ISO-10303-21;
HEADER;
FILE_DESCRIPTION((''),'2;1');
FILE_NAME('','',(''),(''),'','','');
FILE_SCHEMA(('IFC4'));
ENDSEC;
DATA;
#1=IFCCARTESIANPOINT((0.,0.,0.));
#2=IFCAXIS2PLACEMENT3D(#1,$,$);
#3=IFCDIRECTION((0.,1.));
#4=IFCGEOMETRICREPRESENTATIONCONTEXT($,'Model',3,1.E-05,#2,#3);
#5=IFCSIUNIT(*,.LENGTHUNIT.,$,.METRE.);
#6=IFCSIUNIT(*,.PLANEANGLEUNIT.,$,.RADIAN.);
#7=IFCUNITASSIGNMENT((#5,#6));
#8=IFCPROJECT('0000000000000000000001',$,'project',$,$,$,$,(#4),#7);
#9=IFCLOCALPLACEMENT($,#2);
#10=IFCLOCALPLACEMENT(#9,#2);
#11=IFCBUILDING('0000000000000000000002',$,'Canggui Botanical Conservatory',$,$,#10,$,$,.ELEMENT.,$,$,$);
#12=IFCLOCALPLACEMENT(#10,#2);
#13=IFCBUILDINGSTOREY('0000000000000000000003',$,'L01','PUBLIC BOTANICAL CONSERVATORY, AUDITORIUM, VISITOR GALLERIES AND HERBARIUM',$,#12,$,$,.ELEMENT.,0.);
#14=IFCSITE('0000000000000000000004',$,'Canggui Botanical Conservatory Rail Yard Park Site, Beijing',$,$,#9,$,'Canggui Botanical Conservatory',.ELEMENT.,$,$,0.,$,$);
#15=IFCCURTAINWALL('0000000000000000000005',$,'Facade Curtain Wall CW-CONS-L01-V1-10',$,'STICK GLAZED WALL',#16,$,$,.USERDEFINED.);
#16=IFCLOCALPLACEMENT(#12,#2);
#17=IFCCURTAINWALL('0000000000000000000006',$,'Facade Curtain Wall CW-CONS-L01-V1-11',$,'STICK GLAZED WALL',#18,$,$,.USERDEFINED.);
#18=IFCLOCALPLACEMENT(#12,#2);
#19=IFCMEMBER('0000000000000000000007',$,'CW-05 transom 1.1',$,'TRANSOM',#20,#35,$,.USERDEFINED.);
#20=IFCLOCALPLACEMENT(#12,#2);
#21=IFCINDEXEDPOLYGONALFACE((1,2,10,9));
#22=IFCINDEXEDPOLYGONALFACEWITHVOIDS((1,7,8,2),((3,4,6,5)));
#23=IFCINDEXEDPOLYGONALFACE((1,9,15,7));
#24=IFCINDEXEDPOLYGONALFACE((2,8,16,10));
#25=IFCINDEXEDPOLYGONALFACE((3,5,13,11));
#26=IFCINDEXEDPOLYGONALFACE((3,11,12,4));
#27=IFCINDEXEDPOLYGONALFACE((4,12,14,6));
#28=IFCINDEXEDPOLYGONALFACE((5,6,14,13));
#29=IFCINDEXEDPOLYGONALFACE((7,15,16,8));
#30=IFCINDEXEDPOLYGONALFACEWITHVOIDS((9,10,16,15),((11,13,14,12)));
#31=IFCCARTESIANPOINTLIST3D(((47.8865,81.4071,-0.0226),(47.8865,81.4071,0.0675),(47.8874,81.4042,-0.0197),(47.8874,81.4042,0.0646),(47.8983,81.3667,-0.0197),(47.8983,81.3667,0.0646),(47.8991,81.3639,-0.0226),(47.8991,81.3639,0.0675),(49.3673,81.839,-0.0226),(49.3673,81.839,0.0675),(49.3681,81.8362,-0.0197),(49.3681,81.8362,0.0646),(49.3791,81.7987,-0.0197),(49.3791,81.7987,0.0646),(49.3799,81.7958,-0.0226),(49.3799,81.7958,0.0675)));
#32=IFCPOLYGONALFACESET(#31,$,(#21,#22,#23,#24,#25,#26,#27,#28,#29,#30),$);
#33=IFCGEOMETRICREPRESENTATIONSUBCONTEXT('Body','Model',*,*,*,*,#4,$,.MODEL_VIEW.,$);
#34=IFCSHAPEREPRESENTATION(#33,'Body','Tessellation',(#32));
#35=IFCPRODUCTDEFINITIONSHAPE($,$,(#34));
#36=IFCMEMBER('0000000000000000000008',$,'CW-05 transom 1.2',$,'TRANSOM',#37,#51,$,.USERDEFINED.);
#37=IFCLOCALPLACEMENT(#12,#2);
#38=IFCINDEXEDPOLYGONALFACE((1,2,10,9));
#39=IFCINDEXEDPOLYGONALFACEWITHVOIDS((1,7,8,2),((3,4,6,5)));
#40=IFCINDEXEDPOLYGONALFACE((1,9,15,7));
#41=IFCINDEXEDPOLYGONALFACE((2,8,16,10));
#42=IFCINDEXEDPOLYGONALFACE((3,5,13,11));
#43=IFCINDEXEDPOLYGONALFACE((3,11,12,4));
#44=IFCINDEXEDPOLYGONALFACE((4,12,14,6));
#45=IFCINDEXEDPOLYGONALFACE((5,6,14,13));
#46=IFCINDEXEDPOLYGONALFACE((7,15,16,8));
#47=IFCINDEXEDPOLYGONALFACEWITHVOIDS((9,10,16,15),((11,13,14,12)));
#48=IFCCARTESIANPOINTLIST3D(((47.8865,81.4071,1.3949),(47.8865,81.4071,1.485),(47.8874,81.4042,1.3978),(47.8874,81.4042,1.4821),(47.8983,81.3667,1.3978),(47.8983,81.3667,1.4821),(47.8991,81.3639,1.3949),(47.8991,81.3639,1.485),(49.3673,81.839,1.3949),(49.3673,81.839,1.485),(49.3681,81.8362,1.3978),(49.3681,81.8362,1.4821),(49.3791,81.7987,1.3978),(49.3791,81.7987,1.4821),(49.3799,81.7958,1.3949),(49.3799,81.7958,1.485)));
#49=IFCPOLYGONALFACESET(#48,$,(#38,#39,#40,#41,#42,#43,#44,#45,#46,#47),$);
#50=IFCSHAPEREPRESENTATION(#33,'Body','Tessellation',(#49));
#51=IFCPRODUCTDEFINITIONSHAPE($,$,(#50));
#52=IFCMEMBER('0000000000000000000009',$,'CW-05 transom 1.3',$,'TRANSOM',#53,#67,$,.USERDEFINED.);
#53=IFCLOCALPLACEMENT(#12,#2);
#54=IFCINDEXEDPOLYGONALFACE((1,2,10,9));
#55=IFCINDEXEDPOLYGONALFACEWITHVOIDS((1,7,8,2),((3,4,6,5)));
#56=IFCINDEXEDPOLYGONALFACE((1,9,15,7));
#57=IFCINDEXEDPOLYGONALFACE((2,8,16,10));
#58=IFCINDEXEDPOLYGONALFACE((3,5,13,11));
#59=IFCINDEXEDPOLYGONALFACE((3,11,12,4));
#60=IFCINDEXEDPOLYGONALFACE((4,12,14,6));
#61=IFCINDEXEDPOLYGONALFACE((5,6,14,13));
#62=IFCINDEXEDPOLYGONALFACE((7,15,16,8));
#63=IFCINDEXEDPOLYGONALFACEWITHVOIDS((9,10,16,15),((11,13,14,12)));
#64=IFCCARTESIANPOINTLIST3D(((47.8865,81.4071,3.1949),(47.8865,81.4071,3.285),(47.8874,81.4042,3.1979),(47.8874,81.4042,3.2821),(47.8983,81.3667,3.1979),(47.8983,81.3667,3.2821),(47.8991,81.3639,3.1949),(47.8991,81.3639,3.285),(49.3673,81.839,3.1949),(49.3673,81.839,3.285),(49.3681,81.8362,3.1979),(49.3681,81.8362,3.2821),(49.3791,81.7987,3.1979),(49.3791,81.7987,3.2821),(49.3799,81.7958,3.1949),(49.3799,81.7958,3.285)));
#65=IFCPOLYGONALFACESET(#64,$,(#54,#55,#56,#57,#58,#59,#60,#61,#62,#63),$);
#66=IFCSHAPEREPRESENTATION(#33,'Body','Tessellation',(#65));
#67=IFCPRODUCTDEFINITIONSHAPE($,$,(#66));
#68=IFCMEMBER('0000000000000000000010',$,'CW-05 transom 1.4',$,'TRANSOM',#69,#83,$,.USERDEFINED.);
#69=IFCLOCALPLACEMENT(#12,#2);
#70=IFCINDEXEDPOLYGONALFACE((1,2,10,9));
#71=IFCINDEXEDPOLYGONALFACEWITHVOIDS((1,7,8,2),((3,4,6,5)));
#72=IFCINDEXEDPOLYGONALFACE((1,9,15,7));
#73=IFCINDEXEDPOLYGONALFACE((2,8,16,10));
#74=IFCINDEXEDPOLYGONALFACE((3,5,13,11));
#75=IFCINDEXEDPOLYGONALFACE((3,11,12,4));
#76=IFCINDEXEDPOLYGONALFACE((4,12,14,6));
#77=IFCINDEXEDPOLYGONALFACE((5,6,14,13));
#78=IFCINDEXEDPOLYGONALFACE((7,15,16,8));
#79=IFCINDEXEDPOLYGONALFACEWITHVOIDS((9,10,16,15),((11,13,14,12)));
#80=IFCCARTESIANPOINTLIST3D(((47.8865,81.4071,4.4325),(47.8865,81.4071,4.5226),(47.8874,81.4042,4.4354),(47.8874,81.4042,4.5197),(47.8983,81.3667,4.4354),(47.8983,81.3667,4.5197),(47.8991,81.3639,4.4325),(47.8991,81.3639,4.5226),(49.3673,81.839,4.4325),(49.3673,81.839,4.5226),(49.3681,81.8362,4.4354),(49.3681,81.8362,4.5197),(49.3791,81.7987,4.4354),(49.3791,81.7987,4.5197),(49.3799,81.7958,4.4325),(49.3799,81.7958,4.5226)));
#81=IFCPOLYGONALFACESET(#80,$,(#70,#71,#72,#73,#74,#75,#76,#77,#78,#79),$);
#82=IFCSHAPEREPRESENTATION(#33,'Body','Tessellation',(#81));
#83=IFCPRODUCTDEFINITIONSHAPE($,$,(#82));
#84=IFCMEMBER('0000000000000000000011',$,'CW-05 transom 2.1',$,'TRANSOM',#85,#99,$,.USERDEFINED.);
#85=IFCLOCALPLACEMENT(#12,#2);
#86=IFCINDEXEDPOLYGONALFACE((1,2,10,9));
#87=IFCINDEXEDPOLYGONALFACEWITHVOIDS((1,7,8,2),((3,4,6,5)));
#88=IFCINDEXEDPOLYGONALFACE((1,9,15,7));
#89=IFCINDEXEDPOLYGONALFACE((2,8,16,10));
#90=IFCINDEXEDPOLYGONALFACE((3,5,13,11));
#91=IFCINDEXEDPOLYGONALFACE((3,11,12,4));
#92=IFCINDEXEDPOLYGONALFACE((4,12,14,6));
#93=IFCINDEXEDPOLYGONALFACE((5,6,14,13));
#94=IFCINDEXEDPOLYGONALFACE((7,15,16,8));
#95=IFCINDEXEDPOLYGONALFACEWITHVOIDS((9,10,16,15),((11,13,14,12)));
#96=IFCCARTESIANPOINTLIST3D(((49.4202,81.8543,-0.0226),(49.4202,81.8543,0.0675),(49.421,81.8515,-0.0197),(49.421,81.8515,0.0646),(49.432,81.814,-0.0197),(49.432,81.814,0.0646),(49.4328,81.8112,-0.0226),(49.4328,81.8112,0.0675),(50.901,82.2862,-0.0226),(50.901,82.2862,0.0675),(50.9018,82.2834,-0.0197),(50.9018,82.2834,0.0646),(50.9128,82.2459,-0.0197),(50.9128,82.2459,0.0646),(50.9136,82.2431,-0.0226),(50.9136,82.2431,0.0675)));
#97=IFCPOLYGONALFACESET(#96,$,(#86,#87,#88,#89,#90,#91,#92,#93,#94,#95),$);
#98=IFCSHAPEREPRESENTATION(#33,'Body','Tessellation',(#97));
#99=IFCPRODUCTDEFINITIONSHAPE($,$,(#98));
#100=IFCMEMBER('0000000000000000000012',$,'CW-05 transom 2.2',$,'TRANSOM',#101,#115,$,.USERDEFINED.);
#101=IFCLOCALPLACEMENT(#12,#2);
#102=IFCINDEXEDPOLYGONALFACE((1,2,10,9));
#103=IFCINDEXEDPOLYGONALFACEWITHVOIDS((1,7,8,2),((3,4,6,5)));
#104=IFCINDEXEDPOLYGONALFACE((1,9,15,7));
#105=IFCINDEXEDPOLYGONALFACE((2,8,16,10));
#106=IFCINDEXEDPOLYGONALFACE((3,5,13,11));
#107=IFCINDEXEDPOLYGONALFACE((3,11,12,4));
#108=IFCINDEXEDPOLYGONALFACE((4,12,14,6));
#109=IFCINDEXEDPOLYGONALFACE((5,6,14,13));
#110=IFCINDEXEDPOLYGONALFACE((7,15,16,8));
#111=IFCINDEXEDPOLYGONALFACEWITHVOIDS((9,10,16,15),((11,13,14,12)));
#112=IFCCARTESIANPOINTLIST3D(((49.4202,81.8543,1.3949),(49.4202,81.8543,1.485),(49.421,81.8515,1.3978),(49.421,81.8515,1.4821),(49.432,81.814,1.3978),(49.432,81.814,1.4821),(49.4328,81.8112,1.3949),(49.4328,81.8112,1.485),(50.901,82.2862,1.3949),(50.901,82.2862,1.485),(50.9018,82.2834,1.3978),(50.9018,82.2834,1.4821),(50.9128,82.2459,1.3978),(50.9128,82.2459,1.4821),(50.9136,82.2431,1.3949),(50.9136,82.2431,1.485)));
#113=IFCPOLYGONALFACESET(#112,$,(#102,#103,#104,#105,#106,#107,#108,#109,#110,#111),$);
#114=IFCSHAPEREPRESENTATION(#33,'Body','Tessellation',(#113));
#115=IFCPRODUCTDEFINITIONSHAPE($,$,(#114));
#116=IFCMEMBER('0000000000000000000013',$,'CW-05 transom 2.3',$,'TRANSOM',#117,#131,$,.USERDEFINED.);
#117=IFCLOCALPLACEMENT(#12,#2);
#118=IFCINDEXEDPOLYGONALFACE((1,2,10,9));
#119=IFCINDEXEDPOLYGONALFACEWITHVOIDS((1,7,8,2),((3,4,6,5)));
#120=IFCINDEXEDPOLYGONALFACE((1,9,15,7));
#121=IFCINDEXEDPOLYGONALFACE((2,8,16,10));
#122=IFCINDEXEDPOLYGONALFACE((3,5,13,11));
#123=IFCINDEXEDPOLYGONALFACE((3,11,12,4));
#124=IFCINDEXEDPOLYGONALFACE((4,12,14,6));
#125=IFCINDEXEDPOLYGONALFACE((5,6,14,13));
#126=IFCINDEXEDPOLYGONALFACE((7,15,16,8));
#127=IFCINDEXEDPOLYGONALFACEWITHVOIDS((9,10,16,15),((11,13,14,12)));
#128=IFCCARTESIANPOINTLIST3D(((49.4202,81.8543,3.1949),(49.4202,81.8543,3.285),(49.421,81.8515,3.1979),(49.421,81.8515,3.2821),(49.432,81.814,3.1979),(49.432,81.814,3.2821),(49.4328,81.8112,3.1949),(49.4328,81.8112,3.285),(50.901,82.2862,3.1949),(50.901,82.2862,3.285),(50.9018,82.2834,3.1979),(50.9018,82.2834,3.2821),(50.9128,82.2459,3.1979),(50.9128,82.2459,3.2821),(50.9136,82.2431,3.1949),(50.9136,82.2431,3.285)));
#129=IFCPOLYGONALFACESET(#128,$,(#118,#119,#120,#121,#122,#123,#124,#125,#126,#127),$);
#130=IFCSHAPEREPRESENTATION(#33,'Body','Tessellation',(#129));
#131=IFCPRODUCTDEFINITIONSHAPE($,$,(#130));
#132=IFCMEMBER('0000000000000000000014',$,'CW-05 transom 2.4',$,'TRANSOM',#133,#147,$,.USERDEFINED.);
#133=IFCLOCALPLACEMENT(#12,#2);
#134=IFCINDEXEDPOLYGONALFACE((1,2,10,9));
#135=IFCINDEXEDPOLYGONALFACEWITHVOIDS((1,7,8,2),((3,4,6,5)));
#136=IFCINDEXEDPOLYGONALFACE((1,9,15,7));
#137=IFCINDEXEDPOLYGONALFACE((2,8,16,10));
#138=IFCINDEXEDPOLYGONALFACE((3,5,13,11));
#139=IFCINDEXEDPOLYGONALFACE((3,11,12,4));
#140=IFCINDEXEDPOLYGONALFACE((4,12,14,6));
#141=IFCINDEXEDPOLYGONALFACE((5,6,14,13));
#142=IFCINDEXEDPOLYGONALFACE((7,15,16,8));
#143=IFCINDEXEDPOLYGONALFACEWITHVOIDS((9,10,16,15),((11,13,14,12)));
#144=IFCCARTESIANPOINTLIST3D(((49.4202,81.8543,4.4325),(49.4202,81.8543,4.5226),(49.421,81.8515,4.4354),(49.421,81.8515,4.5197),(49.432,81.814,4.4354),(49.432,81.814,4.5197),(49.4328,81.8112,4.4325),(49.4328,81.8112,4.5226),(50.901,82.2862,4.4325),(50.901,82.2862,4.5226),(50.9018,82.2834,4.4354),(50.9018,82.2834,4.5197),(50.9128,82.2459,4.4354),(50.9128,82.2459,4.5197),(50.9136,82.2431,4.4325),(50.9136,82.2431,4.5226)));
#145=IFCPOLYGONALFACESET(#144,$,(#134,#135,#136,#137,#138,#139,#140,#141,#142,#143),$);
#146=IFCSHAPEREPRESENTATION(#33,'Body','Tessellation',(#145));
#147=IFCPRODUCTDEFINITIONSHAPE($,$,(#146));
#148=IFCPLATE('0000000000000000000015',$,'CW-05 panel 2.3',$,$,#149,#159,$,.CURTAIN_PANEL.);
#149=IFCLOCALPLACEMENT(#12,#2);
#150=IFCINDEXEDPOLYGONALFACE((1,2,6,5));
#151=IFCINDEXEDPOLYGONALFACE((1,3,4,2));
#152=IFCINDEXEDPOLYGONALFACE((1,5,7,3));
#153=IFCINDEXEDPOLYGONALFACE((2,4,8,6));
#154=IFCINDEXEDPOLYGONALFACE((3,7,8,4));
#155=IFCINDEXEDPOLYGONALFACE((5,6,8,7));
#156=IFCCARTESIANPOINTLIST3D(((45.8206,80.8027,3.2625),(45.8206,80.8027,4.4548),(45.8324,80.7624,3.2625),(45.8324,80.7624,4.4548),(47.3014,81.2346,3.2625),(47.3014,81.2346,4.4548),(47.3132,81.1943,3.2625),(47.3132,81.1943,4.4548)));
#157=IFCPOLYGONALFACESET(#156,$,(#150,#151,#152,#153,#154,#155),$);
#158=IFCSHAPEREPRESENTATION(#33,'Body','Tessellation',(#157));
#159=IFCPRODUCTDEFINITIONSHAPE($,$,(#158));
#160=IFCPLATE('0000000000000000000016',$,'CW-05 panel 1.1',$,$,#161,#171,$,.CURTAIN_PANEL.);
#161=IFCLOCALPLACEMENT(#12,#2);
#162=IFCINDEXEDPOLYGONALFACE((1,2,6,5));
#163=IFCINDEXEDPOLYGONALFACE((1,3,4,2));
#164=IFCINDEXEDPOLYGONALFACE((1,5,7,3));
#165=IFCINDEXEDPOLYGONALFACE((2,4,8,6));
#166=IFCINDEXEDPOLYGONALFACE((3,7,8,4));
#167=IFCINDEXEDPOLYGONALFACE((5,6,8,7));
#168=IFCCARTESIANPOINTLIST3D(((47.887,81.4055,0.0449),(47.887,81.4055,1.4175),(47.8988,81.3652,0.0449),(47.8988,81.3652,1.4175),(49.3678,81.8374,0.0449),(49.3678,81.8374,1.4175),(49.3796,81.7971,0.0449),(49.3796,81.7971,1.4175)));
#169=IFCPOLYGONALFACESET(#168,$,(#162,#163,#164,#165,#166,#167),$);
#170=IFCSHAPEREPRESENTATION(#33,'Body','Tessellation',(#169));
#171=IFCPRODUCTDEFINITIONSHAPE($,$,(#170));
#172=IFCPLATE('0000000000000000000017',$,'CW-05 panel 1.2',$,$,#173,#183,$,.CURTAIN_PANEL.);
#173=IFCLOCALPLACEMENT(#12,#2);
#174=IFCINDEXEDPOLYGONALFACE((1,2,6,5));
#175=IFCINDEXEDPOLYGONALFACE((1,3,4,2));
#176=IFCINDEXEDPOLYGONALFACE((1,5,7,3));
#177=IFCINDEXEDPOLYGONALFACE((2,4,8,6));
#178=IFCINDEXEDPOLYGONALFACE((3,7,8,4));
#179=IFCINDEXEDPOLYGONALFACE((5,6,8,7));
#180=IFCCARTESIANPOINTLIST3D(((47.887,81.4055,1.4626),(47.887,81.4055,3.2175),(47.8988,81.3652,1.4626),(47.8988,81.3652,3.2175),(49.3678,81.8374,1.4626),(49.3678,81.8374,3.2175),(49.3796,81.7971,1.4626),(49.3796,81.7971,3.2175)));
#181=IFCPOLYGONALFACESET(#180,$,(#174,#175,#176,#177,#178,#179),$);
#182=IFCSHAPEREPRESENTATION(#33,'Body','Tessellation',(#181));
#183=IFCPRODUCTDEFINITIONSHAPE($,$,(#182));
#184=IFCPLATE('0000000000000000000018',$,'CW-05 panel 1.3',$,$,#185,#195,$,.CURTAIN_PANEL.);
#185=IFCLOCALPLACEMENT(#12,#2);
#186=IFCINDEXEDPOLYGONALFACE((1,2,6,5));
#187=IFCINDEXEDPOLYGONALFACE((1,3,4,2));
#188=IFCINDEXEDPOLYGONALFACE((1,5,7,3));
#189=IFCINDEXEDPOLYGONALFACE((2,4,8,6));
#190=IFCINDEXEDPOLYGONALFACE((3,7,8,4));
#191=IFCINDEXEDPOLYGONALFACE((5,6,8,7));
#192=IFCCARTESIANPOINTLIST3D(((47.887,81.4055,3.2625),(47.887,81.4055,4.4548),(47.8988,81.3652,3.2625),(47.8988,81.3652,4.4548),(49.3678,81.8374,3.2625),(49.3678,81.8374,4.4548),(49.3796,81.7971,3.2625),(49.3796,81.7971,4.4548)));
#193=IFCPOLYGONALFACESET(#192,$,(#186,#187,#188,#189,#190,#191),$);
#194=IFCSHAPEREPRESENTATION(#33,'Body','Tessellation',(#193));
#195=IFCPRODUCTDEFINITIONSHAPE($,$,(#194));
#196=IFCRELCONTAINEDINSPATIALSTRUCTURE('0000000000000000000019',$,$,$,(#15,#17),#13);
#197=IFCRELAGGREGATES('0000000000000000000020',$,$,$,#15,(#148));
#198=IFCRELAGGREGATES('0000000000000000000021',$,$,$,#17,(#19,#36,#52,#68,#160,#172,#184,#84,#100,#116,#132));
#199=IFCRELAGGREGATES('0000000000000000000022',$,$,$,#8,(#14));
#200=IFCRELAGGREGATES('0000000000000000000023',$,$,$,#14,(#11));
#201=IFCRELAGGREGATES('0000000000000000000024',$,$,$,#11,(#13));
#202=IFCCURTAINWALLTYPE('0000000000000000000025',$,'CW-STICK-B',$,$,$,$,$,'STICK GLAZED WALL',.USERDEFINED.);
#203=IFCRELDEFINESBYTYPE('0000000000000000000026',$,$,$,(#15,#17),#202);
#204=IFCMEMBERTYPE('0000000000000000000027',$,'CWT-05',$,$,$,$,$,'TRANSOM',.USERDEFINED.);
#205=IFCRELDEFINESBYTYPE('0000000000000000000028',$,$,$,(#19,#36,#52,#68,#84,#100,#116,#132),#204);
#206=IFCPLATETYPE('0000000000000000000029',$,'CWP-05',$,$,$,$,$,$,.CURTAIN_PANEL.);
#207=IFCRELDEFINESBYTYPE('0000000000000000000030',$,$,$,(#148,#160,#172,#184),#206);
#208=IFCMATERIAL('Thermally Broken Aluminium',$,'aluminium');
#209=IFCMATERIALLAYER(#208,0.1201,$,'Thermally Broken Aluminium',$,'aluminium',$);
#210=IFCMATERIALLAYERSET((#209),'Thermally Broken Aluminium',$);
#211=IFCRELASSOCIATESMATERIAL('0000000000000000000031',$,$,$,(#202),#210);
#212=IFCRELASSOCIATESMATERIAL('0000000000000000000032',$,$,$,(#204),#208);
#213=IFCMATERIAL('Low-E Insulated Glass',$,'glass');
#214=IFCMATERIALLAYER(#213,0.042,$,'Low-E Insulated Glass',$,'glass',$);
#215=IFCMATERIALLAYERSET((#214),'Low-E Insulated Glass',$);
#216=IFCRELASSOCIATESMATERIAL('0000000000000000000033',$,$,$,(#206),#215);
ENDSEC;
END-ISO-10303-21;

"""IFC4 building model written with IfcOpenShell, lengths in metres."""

from ifc_helpers import new_model, si_unit, direction, frame, origin, origin_2d, place, context, subcontext, project, spatial, rectangle, hollow_rectangle, extrude, material, layer, layer_set, material_profile, profile_set, type_object, element, aggregate, save


model = new_model("IFC4")

# Units and contexts
model_context = context("Model", 3, precision=1e-05, world=origin(), true_north=direction((0.0, 1.0)))
body_context = subcontext(model_context, "Body", "Model", "MODEL_VIEW")
ifc_project = project(units=[si_unit("LENGTHUNIT", "METRE"), si_unit("PLANEANGLEUNIT", "RADIAN")], contexts=[model_context])

# Site, building, storey
site_placement = place(None, origin())
site = spatial("IfcSite", under=ifc_project, at=site_placement, Name="Canggui Botanical Conservatory Rail Yard Park Site, Beijing", LongName="Canggui Botanical Conservatory", CompositionType="ELEMENT", RefElevation=0.0)
building_placement = place(site_placement, origin())
building = spatial("IfcBuilding", under=site, at=building_placement, Name="Canggui Botanical Conservatory", CompositionType="ELEMENT")
storey_placement = place(building_placement, origin())
storey = spatial("IfcBuildingStorey", under=building, at=storey_placement, Name="L01", Description="PUBLIC BOTANICAL CONSERVATORY, AUDITORIUM, VISITOR GALLERIES AND HERBARIUM", CompositionType="ELEMENT", Elevation=0.0)

# Curtain wall
ifc_material_1 = material(Name="Thermally Broken Aluminium", Category="aluminium")
ifc_layer_1 = layer(ifc_material_1, 0.1201, Name="Thermally Broken Aluminium", Category="aluminium")
ifc_layer_set_1 = layer_set([ifc_layer_1], Name="Thermally Broken Aluminium")
curtain_wall_type = type_object("IfcCurtainWallType", Name="CW-STICK-B", ElementType="STICK GLAZED WALL", PredefinedType="USERDEFINED", material=ifc_layer_set_1)
curtain_wall_1_placement = place(storey_placement, origin())
curtain_wall_1 = element("IfcCurtainWall", 1, at=curtain_wall_1_placement, inside=storey, type_object=curtain_wall_type, Name="Facade Curtain Wall CW-CONS-L01-V1-10", ObjectType="STICK GLAZED WALL", PredefinedType="USERDEFINED")

# Curtain wall, members
curtain_wall_2_placement = place(storey_placement, origin())
curtain_wall_2 = element("IfcCurtainWall", 2, at=curtain_wall_2_placement, inside=storey, type_object=curtain_wall_type, Name="Facade Curtain Wall CW-CONS-L01-V1-11", ObjectType="STICK GLAZED WALL", PredefinedType="USERDEFINED")
ifc_material_profile_1 = material_profile(ifc_material_1, hollow_rectangle(XDim=0.0449, YDim=0.0901, WallThickness=0.0029, at=origin_2d()), Name="CWT 45x90x3")
ifc_profile_set_1 = profile_set([ifc_material_profile_1], Name="Thermally Broken Aluminium")
member_type_1 = type_object("IfcMemberType", Name="CWT-05", ElementType="TRANSOM", PredefinedType="USERDEFINED", material=ifc_profile_set_1)
member_1_placement = place(storey_placement, frame((47.8928, 81.3855, 0.0225), z_axis=(0.959998, 0.280006, 0.0), x_axis=(-0.280006, 0.959998, 0.0)))
member_1 = element("IfcMember", 3, at=member_1_placement, type_object=member_type_1, Name="CW-05 transom 1.1", ObjectType="TRANSOM", PredefinedType="USERDEFINED", context=body_context, shape_type="SweptSolid", body=[
    extrude(hollow_rectangle(XDim=0.0449, YDim=0.0901, WallThickness=0.0029, at=origin_2d()), origin(), (0.0, 0.0, 1.0), 1.5425),
])
member_2_placement = place(storey_placement, frame((47.8928, 81.3855, 1.4399), z_axis=(0.959998, 0.280006, 0.0), x_axis=(-0.280006, 0.959998, 0.0)))
member_2 = element("IfcMember", 4, at=member_2_placement, type_object=member_type_1, Name="CW-05 transom 1.2", ObjectType="TRANSOM", PredefinedType="USERDEFINED", context=body_context, shape_type="SweptSolid", body=[
    extrude(hollow_rectangle(XDim=0.0449, YDim=0.0901, WallThickness=0.0029, at=origin_2d()), origin(), (0.0, 0.0, 1.0), 1.5425),
])
member_3_placement = place(storey_placement, frame((47.8928, 81.3855, 3.24), z_axis=(0.959998, 0.280006, 0.0), x_axis=(-0.280006, 0.959998, 0.0)))
member_3 = element("IfcMember", 5, at=member_3_placement, type_object=member_type_1, Name="CW-05 transom 1.3", ObjectType="TRANSOM", PredefinedType="USERDEFINED", context=body_context, shape_type="SweptSolid", body=[
    extrude(hollow_rectangle(XDim=0.0449, YDim=0.0901, WallThickness=0.0029, at=origin_2d()), origin(), (0.0, 0.0, 1.0), 1.5425),
])
member_4_placement = place(storey_placement, frame((47.8928, 81.3855, 4.4775), z_axis=(0.959998, 0.280006, 0.0), x_axis=(-0.280006, 0.959998, 0.0)))
member_4 = element("IfcMember", 6, at=member_4_placement, type_object=member_type_1, Name="CW-05 transom 1.4", ObjectType="TRANSOM", PredefinedType="USERDEFINED", context=body_context, shape_type="SweptSolid", body=[
    extrude(hollow_rectangle(XDim=0.0449, YDim=0.0901, WallThickness=0.0029, at=origin_2d()), origin(), (0.0, 0.0, 1.0), 1.5425),
])
member_5_placement = place(storey_placement, frame((49.4265, 81.8328, 0.0225), z_axis=(0.959998, 0.280006, 0.0), x_axis=(-0.280006, 0.959998, 0.0)))
member_5 = element("IfcMember", 7, at=member_5_placement, type_object=member_type_1, Name="CW-05 transom 2.1", ObjectType="TRANSOM", PredefinedType="USERDEFINED", context=body_context, shape_type="SweptSolid", body=[
    extrude(hollow_rectangle(XDim=0.0449, YDim=0.0901, WallThickness=0.0029, at=origin_2d()), origin(), (0.0, 0.0, 1.0), 1.5425),
])
member_6_placement = place(storey_placement, frame((49.4265, 81.8328, 1.4399), z_axis=(0.959998, 0.280006, 0.0), x_axis=(-0.280006, 0.959998, 0.0)))
member_6 = element("IfcMember", 8, at=member_6_placement, type_object=member_type_1, Name="CW-05 transom 2.2", ObjectType="TRANSOM", PredefinedType="USERDEFINED", context=body_context, shape_type="SweptSolid", body=[
    extrude(hollow_rectangle(XDim=0.0449, YDim=0.0901, WallThickness=0.0029, at=origin_2d()), origin(), (0.0, 0.0, 1.0), 1.5425),
])
member_7_placement = place(storey_placement, frame((49.4265, 81.8328, 3.24), z_axis=(0.959998, 0.280006, 0.0), x_axis=(-0.280006, 0.959998, 0.0)))
member_7 = element("IfcMember", 9, at=member_7_placement, type_object=member_type_1, Name="CW-05 transom 2.3", ObjectType="TRANSOM", PredefinedType="USERDEFINED", context=body_context, shape_type="SweptSolid", body=[
    extrude(hollow_rectangle(XDim=0.0449, YDim=0.0901, WallThickness=0.0029, at=origin_2d()), origin(), (0.0, 0.0, 1.0), 1.5425),
])
member_8_placement = place(storey_placement, frame((49.4265, 81.8328, 4.4775), z_axis=(0.959998, 0.280006, 0.0), x_axis=(-0.280006, 0.959998, 0.0)))
member_8 = element("IfcMember", 10, at=member_8_placement, type_object=member_type_1, Name="CW-05 transom 2.4", ObjectType="TRANSOM", PredefinedType="USERDEFINED", context=body_context, shape_type="SweptSolid", body=[
    extrude(hollow_rectangle(XDim=0.0449, YDim=0.0901, WallThickness=0.0029, at=origin_2d()), origin(), (0.0, 0.0, 1.0), 1.5425),
])

# Plates
ifc_material_2 = material(Name="Low-E Insulated Glass", Category="glass")
ifc_layer_2 = layer(ifc_material_2, 0.042, Name="Low-E Insulated Glass", Category="glass")
ifc_layer_set_2 = layer_set([ifc_layer_2], Name="Low-E Insulated Glass")
plate_type_1 = type_object("IfcPlateType", Name="CWP-05", PredefinedType="CURTAIN_PANEL", material=ifc_layer_set_2)
plate_1_placement = place(storey_placement, frame((46.5669, 80.9985, 3.2625), z_axis=(0.0, 0.0, 1.0), x_axis=(0.96, 0.28, 0.0)))
plate_1 = element("IfcPlate", 11, at=plate_1_placement, type_object=plate_type_1, Name="CW-05 panel 2.3", PredefinedType="CURTAIN_PANEL", context=body_context, shape_type="SweptSolid", body=[
    extrude(rectangle(XDim=1.5425, YDim=0.042, at=origin_2d()), origin(), (0.0, 0.0, 1.0), 1.1924),
])
aggregate(curtain_wall_1, [plate_1])
plate_2_placement = place(storey_placement, frame((48.6333, 81.6013, 0.0449), z_axis=(0.0, 0.0, 1.0), x_axis=(0.96, 0.28, 0.0)))
plate_2 = element("IfcPlate", 12, at=plate_2_placement, type_object=plate_type_1, Name="CW-05 panel 1.1", PredefinedType="CURTAIN_PANEL", context=body_context, shape_type="SweptSolid", body=[
    extrude(rectangle(XDim=1.5425, YDim=0.042, at=origin_2d()), origin(), (0.0, 0.0, 1.0), 1.3726),
])
plate_3_placement = place(storey_placement, frame((48.6333, 81.6013, 1.4626), z_axis=(0.0, 0.0, 1.0), x_axis=(0.96, 0.28, 0.0)))
plate_3 = element("IfcPlate", 13, at=plate_3_placement, type_object=plate_type_1, Name="CW-05 panel 1.2", PredefinedType="CURTAIN_PANEL", context=body_context, shape_type="SweptSolid", body=[
    extrude(rectangle(XDim=1.5425, YDim=0.042, at=origin_2d()), origin(), (0.0, 0.0, 1.0), 1.7549),
])
plate_4_placement = place(storey_placement, frame((48.6333, 81.6013, 3.2625), z_axis=(0.0, 0.0, 1.0), x_axis=(0.96, 0.28, 0.0)))
plate_4 = element("IfcPlate", 14, at=plate_4_placement, type_object=plate_type_1, Name="CW-05 panel 1.3", PredefinedType="CURTAIN_PANEL", context=body_context, shape_type="SweptSolid", body=[
    extrude(rectangle(XDim=1.5425, YDim=0.042, at=origin_2d()), origin(), (0.0, 0.0, 1.0), 1.1924),
])
aggregate(curtain_wall_2, [member_1, member_2, member_3, member_4, plate_2, plate_3, plate_4, member_5, member_6, member_7, member_8])

save(model, "model.ifc")
